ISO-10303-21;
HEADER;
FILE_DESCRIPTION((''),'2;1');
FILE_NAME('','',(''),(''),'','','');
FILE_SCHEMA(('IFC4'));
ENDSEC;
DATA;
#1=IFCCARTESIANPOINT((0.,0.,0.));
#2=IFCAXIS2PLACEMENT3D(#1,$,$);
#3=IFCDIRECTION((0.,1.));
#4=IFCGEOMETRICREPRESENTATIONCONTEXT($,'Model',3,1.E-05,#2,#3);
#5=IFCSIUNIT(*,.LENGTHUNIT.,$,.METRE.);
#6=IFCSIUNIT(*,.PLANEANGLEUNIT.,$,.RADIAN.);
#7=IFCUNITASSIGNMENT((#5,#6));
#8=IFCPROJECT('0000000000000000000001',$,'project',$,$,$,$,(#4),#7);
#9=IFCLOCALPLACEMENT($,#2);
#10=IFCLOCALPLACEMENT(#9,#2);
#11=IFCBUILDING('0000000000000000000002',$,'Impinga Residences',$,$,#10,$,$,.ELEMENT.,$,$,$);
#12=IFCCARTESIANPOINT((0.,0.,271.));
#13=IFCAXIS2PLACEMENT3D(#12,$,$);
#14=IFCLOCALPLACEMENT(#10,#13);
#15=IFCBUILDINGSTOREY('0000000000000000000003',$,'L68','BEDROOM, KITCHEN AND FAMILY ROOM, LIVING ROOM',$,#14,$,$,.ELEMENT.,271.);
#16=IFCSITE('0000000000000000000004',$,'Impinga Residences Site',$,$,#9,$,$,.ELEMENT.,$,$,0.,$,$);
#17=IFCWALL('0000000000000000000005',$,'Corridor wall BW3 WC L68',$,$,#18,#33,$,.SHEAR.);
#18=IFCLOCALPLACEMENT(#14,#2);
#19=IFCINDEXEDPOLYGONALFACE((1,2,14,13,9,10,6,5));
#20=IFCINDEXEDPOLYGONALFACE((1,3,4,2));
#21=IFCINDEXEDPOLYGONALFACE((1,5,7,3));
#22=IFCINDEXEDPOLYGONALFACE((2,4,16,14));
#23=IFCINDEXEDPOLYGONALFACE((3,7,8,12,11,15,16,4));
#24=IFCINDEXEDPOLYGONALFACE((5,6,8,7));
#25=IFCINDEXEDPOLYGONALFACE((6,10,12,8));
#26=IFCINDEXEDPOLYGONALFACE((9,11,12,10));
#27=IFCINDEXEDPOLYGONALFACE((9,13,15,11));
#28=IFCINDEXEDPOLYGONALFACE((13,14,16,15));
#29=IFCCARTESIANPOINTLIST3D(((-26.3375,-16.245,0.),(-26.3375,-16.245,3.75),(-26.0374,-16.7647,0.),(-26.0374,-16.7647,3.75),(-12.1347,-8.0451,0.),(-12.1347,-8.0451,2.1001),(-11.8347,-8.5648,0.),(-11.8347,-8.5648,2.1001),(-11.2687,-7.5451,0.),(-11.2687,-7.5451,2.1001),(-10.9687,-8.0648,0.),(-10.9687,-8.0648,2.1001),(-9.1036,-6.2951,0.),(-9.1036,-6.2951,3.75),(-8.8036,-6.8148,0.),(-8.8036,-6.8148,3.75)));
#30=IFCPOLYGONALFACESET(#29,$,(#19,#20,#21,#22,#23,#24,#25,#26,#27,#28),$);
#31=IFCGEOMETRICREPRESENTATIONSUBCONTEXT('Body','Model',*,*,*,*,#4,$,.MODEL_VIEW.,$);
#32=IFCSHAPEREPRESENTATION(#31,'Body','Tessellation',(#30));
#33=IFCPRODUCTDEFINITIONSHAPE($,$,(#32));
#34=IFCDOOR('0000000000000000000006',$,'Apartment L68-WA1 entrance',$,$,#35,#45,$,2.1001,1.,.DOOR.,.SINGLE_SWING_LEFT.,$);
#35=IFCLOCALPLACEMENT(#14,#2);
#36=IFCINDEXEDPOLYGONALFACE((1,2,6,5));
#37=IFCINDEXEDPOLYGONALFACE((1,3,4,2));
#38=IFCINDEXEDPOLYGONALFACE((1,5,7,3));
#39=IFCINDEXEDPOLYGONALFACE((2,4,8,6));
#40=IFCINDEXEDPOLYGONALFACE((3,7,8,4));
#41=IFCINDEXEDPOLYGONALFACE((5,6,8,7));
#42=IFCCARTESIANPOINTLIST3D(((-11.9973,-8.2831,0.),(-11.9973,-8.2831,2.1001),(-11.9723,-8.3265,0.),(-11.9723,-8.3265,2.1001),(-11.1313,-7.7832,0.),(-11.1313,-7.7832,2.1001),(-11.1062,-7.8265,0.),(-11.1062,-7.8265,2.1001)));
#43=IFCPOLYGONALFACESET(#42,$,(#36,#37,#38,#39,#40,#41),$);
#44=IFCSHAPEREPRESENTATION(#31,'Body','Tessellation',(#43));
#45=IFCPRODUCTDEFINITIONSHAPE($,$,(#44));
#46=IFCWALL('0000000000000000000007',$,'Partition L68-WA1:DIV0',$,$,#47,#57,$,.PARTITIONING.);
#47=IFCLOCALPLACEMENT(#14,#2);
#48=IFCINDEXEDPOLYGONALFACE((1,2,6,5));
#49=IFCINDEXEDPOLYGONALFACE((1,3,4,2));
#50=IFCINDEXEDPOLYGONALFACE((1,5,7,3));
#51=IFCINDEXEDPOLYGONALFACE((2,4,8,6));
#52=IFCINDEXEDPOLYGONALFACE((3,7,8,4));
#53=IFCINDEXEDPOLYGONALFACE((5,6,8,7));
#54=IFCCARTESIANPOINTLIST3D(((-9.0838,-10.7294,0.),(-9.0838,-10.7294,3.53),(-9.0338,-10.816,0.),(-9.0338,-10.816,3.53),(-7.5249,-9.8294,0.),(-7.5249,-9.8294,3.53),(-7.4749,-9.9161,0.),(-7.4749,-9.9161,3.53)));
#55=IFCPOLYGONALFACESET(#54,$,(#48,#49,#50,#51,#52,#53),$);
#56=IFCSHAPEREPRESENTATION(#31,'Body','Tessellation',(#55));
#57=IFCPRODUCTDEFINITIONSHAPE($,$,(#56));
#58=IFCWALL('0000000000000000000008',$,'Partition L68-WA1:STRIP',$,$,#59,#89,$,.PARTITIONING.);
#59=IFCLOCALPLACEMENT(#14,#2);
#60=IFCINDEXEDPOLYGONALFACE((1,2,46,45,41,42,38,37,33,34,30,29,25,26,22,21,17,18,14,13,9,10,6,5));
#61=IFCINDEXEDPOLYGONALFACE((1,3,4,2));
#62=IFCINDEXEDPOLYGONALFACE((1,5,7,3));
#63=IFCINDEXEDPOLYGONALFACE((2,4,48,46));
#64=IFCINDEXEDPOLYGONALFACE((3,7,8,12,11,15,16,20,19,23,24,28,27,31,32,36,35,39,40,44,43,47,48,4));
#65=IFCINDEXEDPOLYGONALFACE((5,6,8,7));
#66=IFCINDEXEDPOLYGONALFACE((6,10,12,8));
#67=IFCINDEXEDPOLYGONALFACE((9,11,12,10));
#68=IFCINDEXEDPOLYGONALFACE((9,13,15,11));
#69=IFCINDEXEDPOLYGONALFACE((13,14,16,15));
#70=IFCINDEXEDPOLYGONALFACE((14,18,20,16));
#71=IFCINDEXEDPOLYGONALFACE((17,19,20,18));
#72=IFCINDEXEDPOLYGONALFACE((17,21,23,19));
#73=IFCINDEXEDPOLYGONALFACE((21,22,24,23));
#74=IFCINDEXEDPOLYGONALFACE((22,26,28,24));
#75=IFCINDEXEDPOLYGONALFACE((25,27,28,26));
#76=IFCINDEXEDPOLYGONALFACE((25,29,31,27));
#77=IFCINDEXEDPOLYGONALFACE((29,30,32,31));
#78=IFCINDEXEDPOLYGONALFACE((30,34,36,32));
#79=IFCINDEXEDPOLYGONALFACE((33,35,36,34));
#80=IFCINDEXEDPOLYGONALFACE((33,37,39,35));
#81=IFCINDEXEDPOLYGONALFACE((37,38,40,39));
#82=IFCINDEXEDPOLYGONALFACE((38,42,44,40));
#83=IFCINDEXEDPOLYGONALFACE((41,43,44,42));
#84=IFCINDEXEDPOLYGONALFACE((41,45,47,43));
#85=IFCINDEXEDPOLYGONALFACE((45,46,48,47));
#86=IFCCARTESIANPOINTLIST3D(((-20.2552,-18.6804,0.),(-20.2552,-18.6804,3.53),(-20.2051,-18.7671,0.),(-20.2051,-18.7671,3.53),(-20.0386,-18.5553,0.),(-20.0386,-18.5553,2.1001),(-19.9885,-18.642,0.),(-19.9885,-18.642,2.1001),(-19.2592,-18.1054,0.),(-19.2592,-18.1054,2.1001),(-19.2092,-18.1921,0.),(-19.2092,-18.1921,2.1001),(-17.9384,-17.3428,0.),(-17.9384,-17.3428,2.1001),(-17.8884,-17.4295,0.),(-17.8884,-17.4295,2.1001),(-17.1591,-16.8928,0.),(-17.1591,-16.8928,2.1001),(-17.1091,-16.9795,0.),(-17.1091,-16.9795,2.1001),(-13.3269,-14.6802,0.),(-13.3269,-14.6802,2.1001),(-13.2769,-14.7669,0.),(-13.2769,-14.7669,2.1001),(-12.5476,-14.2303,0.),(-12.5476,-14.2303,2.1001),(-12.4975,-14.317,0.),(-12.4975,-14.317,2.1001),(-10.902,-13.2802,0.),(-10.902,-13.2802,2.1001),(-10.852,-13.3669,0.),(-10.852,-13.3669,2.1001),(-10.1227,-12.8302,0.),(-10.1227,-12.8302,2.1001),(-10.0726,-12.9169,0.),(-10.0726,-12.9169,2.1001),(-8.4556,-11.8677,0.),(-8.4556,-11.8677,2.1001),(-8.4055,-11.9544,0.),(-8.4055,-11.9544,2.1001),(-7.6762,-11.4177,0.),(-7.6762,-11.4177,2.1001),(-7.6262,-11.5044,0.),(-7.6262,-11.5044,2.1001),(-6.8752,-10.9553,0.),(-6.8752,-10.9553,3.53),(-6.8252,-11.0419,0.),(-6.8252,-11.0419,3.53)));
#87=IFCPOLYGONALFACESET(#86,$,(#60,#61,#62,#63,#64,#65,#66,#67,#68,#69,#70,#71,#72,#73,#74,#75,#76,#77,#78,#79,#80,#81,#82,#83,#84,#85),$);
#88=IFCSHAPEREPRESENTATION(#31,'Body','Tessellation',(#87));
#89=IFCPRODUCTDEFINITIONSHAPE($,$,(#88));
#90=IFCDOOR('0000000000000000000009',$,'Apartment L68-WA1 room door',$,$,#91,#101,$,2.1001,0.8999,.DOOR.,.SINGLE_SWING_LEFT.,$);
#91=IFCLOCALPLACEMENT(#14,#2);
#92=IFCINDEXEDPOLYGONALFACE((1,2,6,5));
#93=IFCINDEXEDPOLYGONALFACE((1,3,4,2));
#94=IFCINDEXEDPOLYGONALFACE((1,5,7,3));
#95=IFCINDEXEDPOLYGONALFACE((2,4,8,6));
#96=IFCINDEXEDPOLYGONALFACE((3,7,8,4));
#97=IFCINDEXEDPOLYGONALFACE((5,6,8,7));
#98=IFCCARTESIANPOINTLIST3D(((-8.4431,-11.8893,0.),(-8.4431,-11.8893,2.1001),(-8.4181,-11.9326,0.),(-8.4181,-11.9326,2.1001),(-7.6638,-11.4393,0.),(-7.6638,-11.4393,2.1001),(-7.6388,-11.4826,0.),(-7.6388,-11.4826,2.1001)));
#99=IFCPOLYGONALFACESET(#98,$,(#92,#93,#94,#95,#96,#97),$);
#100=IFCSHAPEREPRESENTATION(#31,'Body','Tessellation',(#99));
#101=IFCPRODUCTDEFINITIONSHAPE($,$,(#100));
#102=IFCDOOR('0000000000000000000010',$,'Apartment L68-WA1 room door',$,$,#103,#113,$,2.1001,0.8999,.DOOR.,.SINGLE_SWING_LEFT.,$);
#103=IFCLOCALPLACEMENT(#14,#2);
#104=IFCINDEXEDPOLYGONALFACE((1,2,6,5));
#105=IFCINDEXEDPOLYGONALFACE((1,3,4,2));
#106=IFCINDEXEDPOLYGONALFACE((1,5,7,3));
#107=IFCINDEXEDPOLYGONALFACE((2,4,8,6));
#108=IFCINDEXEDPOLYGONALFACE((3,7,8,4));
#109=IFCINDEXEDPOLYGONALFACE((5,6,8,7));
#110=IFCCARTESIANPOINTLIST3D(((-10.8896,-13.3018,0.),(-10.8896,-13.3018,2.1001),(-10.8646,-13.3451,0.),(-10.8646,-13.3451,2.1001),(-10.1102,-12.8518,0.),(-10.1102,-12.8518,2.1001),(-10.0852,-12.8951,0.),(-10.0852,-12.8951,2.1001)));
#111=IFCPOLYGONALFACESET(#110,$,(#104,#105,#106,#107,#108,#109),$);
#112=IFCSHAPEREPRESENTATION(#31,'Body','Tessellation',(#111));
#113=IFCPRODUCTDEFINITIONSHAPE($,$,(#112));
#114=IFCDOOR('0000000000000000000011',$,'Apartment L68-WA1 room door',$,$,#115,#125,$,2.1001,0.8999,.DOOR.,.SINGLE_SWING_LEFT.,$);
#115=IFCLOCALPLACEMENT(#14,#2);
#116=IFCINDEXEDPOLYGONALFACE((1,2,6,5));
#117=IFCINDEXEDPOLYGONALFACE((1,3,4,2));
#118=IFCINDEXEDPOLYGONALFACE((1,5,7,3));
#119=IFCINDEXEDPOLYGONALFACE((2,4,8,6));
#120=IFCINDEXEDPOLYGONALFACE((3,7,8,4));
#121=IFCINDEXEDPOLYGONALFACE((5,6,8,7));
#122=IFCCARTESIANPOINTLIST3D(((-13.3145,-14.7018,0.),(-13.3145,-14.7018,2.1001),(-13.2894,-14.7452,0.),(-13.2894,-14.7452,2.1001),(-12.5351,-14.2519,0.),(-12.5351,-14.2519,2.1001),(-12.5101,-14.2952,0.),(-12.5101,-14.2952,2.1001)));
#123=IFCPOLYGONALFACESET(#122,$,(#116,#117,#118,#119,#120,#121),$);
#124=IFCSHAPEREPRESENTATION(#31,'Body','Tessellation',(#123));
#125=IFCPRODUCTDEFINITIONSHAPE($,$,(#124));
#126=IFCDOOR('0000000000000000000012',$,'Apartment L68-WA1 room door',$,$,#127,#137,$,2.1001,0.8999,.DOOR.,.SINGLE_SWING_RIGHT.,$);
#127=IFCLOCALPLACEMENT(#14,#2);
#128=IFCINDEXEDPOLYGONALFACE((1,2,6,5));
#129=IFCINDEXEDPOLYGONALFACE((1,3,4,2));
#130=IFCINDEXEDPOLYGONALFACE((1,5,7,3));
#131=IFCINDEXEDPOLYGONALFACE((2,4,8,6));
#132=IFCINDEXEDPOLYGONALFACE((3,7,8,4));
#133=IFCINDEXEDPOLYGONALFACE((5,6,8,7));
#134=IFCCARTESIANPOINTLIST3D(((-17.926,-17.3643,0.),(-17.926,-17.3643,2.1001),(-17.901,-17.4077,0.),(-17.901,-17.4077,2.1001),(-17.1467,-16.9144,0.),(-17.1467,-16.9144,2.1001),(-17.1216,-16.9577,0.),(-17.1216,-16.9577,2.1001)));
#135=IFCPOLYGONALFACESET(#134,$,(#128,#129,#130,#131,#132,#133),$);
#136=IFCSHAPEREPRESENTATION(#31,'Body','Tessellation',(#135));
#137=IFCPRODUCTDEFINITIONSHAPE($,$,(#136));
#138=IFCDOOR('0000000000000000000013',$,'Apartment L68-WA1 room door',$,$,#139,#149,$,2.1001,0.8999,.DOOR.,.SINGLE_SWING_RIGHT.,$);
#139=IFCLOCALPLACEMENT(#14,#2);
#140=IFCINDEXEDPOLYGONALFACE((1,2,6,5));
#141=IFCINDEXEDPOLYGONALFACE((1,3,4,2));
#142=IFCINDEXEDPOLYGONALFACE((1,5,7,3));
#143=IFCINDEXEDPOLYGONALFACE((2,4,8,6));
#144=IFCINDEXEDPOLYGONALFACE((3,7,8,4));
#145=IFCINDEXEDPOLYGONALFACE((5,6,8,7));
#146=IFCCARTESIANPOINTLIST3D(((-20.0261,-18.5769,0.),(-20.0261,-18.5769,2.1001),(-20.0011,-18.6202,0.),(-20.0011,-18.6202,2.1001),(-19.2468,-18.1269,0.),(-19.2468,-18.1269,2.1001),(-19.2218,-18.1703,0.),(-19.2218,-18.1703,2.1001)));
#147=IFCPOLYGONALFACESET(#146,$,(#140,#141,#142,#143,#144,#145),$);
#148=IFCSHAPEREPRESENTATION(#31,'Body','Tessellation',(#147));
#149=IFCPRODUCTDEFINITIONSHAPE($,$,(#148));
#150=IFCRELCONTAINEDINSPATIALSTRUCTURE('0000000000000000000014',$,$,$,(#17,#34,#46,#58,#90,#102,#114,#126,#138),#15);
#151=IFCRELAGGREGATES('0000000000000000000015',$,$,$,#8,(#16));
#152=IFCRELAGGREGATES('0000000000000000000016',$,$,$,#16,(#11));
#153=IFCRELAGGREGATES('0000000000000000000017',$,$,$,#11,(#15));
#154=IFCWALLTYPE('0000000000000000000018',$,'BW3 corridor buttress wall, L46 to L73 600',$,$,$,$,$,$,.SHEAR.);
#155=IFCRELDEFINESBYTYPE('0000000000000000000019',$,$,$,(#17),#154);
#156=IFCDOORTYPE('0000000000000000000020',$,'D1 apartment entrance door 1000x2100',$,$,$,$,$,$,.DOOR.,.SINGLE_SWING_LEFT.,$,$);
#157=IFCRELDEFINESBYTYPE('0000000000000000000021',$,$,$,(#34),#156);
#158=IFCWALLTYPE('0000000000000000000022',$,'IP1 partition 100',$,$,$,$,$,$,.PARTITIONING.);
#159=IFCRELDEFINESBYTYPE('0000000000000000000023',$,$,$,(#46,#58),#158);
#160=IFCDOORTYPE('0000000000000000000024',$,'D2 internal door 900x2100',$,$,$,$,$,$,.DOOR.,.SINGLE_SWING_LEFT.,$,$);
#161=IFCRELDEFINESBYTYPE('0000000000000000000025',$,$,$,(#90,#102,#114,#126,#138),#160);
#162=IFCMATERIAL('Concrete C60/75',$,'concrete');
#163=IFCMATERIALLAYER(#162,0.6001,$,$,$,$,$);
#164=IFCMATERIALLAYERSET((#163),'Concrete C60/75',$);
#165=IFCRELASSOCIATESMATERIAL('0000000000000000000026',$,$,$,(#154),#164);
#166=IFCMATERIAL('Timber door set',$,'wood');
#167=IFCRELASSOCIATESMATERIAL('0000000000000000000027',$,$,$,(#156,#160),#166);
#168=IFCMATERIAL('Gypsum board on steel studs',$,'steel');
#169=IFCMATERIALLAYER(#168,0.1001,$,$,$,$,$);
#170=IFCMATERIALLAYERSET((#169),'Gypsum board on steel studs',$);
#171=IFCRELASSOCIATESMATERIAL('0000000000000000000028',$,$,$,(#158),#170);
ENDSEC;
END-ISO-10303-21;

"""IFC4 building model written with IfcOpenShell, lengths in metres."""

from ifc_helpers import new_model, si_unit, direction, frame, frame_2d, origin, place, context, subcontext, project, spatial, rectangle, extrude, material, layer, layer_set, type_object, element, fill, save


model = new_model("IFC4")

# Units and contexts
model_context = context("Model", 3, precision=1e-05, world=origin(), true_north=direction((0.0, 1.0)))
body_context = subcontext(model_context, "Body", "Model", "MODEL_VIEW")
ifc_project = project(units=[si_unit("LENGTHUNIT", "METRE"), si_unit("PLANEANGLEUNIT", "RADIAN")], contexts=[model_context])

# Site, building, storey
site_placement = place(None, origin())
site = spatial("IfcSite", under=ifc_project, at=site_placement, Name="Impinga Residences Site", CompositionType="ELEMENT", RefElevation=0.0)
building_placement = place(site_placement, origin())
building = spatial("IfcBuilding", under=site, at=building_placement, Name="Impinga Residences", CompositionType="ELEMENT")
storey_placement = place(building_placement, frame((0.0, 0.0, 271.0)))
storey = spatial("IfcBuildingStorey", under=building, at=storey_placement, Name="L68", Description="BEDROOM, KITCHEN AND FAMILY ROOM, LIVING ROOM", CompositionType="ELEMENT", Elevation=271.0)

# Wall, opening, door
ifc_material_1 = material(Name="Concrete C60/75", Category="concrete")
ifc_layer_1 = layer(ifc_material_1, 0.6001)
ifc_layer_set_1 = layer_set([ifc_layer_1], Name="Concrete C60/75")
wall_type_1 = type_object("IfcWallType", Name="BW3 corridor buttress wall, L46 to L73 600", PredefinedType="SHEAR", material=ifc_layer_set_1)
wall_1_placement = place(storey_placement, frame((-8.9536, -6.5549, 0.0), z_axis=(0.0, 0.0, 1.0), x_axis=(-0.866026, -0.499999, 0.0)))
wall_1 = element("IfcWall", 1, at=wall_1_placement, inside=storey, type_object=wall_type_1, Name="Corridor wall BW3 WC L68", PredefinedType="SHEAR", context=body_context, shape_type="SweptSolid", body=[
    extrude(rectangle(XDim=19.8999, YDim=0.6001, at=frame_2d((9.95, 0.0))), origin(), (0.0, 0.0, 1.0), 3.75),
])
opening_1_placement = place(wall_1_placement, frame((2.5, 0.0, 0.0)))
opening_1 = element("IfcOpeningElement", 2, at=opening_1_placement, cuts=wall_1, PredefinedType="OPENING", context=body_context, shape_type="SweptSolid", body=[
    extrude(rectangle(XDim=1.0, YDim=2.1001, at=frame_2d((0.5, 1.05))), frame((0.0, 0.3101, 0.0), z_axis=(0.0, -1.0, 0.0), x_axis=(1.0, 0.0, 0.0)), (0.0, 0.0, 1.0), 0.6201),
])
ifc_material_2 = material(Name="Timber door set", Category="wood")
door_type_1 = type_object("IfcDoorType", Name="D1 apartment entrance door 1000x2100", OperationType="SINGLE_SWING_LEFT", PredefinedType="DOOR", material=ifc_material_2)
door_1_placement = place(opening_1_placement, origin())
door_1 = element("IfcDoor", 3, at=door_1_placement, inside=storey, type_object=door_type_1, Name="Apartment L68-WA1 entrance", OperationType="SINGLE_SWING_LEFT", OverallHeight=2.1001, OverallWidth=1.0, PredefinedType="DOOR", context=body_context, shape_type="SweptSolid", body=[
    extrude(rectangle(XDim=1.0, YDim=2.1001, at=frame_2d((0.5, 1.05))), frame((0.0, 0.0249, 0.0), z_axis=(0.0, -1.0, 0.0), x_axis=(1.0, 0.0, 0.0)), (0.0, 0.0, 1.0), 0.05),
])
fill(opening_1, door_1)

# Wall
ifc_material_3 = material(Name="Gypsum board on steel studs", Category="steel")
ifc_layer_2 = layer(ifc_material_3, 0.1001)
ifc_layer_set_2 = layer_set([ifc_layer_2], Name="Gypsum board on steel studs")
wall_type_2 = type_object("IfcWallType", Name="IP1 partition 100", PredefinedType="PARTITIONING", material=ifc_layer_set_2)
wall_2_placement = place(storey_placement, frame((-7.5, -9.8728, 0.0), z_axis=(0.0, 0.0, 1.0), x_axis=(-0.866048, -0.499961, 0.0)))
element("IfcWall", 4, at=wall_2_placement, inside=storey, type_object=wall_type_2, Name="Partition L68-WA1:DIV0", PredefinedType="PARTITIONING", context=body_context, shape_type="SweptSolid", body=[
    extrude(rectangle(XDim=1.8, YDim=0.1001, at=frame_2d((0.8999, 0.0))), origin(), (0.0, 0.0, 1.0), 3.53),
])

# Wall, openings, doors
wall_3_placement = place(storey_placement, frame((-6.8501, -10.9985, 0.0), z_axis=(0.0, 0.0, 1.0), x_axis=(-0.866019, -0.500011, 0.0)))
wall_3 = element("IfcWall", 5, at=wall_3_placement, inside=storey, type_object=wall_type_2, Name="Partition L68-WA1:STRIP", PredefinedType="PARTITIONING", context=body_context, shape_type="SweptSolid", body=[
    extrude(rectangle(XDim=15.45, YDim=0.1001, at=frame_2d((7.7251, 0.0))), origin(), (0.0, 0.0, 1.0), 3.53),
])
opening_2_placement = place(wall_3_placement, frame((0.925, 0.0, 0.0)))
opening_2 = element("IfcOpeningElement", 6, at=opening_2_placement, cuts=wall_3, PredefinedType="OPENING", context=body_context, shape_type="SweptSolid", body=[
    extrude(rectangle(XDim=0.8999, YDim=2.1001, at=frame_2d((0.45, 1.05))), frame((0.0, 0.0601, 0.0), z_axis=(0.0, -1.0, 0.0), x_axis=(1.0, 0.0, 0.0)), (0.0, 0.0, 1.0), 0.1201),
])
opening_3_placement = place(wall_3_placement, frame((3.75, 0.0, 0.0)))
opening_3 = element("IfcOpeningElement", 7, at=opening_3_placement, cuts=wall_3, PredefinedType="OPENING", context=body_context, shape_type="SweptSolid", body=[
    extrude(rectangle(XDim=0.8999, YDim=2.1001, at=frame_2d((0.45, 1.05))), frame((0.0, 0.0601, 0.0), z_axis=(0.0, -1.0, 0.0), x_axis=(1.0, 0.0, 0.0)), (0.0, 0.0, 1.0), 0.1201),
])
opening_4_placement = place(wall_3_placement, frame((6.55, 0.0, 0.0)))
opening_4 = element("IfcOpeningElement", 8, at=opening_4_placement, cuts=wall_3, PredefinedType="OPENING", context=body_context, shape_type="SweptSolid", body=[
    extrude(rectangle(XDim=0.8999, YDim=2.1001, at=frame_2d((0.45, 1.05))), frame((0.0, 0.0601, 0.0), z_axis=(0.0, -1.0, 0.0), x_axis=(1.0, 0.0, 0.0)), (0.0, 0.0, 1.0), 0.1201),
])
opening_5_placement = place(wall_3_placement, frame((11.875, 0.0, 0.0)))
opening_5 = element("IfcOpeningElement", 9, at=opening_5_placement, cuts=wall_3, PredefinedType="OPENING", context=body_context, shape_type="SweptSolid", body=[
    extrude(rectangle(XDim=0.8999, YDim=2.1001, at=frame_2d((0.45, 1.05))), frame((0.0, 0.0601, 0.0), z_axis=(0.0, -1.0, 0.0), x_axis=(1.0, 0.0, 0.0)), (0.0, 0.0, 1.0), 0.1201),
])
opening_6_placement = place(wall_3_placement, frame((14.3, 0.0, 0.0)))
opening_6 = element("IfcOpeningElement", 10, at=opening_6_placement, cuts=wall_3, PredefinedType="OPENING", context=body_context, shape_type="SweptSolid", body=[
    extrude(rectangle(XDim=0.8999, YDim=2.1001, at=frame_2d((0.45, 1.05))), frame((0.0, 0.0601, 0.0), z_axis=(0.0, -1.0, 0.0), x_axis=(1.0, 0.0, 0.0)), (0.0, 0.0, 1.0), 0.1201),
])
door_type_2 = type_object("IfcDoorType", Name="D2 internal door 900x2100", OperationType="SINGLE_SWING_LEFT", PredefinedType="DOOR", material=ifc_material_2)
door_2_placement = place(opening_2_placement, origin())
door_2 = element("IfcDoor", 11, at=door_2_placement, inside=storey, type_object=door_type_2, Name="Apartment L68-WA1 room door", OperationType="SINGLE_SWING_LEFT", OverallHeight=2.1001, OverallWidth=0.8999, PredefinedType="DOOR", context=body_context, shape_type="SweptSolid", body=[
    extrude(rectangle(XDim=0.8999, YDim=2.1001, at=frame_2d((0.45, 1.05))), frame((0.0, 0.0249, 0.0), z_axis=(0.0, -1.0, 0.0), x_axis=(1.0, 0.0, 0.0)), (0.0, 0.0, 1.0), 0.05),
])
fill(opening_2, door_2)
door_3_placement = place(opening_3_placement, origin())
door_3 = element("IfcDoor", 12, at=door_3_placement, inside=storey, type_object=door_type_2, Name="Apartment L68-WA1 room door", OperationType="SINGLE_SWING_LEFT", OverallHeight=2.1001, OverallWidth=0.8999, PredefinedType="DOOR", context=body_context, shape_type="SweptSolid", body=[
    extrude(rectangle(XDim=0.8999, YDim=2.1001, at=frame_2d((0.45, 1.05))), frame((0.0, 0.0249, 0.0), z_axis=(0.0, -1.0, 0.0), x_axis=(1.0, 0.0, 0.0)), (0.0, 0.0, 1.0), 0.05),
])
fill(opening_3, door_3)
door_4_placement = place(opening_4_placement, origin())
door_4 = element("IfcDoor", 13, at=door_4_placement, inside=storey, type_object=door_type_2, Name="Apartment L68-WA1 room door", OperationType="SINGLE_SWING_LEFT", OverallHeight=2.1001, OverallWidth=0.8999, PredefinedType="DOOR", context=body_context, shape_type="SweptSolid", body=[
    extrude(rectangle(XDim=0.8999, YDim=2.1001, at=frame_2d((0.45, 1.05))), frame((0.0, 0.0249, 0.0), z_axis=(0.0, -1.0, 0.0), x_axis=(1.0, 0.0, 0.0)), (0.0, 0.0, 1.0), 0.05),
])
fill(opening_4, door_4)
door_5_placement = place(opening_5_placement, origin())
door_5 = element("IfcDoor", 14, at=door_5_placement, inside=storey, type_object=door_type_2, Name="Apartment L68-WA1 room door", OperationType="SINGLE_SWING_RIGHT", OverallHeight=2.1001, OverallWidth=0.8999, PredefinedType="DOOR", context=body_context, shape_type="SweptSolid", body=[
    extrude(rectangle(XDim=0.8999, YDim=2.1001, at=frame_2d((0.45, 1.05))), frame((0.0, 0.0249, 0.0), z_axis=(0.0, -1.0, 0.0), x_axis=(1.0, 0.0, 0.0)), (0.0, 0.0, 1.0), 0.05),
])
fill(opening_5, door_5)
door_6_placement = place(opening_6_placement, origin())
door_6 = element("IfcDoor", 15, at=door_6_placement, inside=storey, type_object=door_type_2, Name="Apartment L68-WA1 room door", OperationType="SINGLE_SWING_RIGHT", OverallHeight=2.1001, OverallWidth=0.8999, PredefinedType="DOOR", context=body_context, shape_type="SweptSolid", body=[
    extrude(rectangle(XDim=0.8999, YDim=2.1001, at=frame_2d((0.45, 1.05))), frame((0.0, 0.0249, 0.0), z_axis=(0.0, -1.0, 0.0), x_axis=(1.0, 0.0, 0.0)), (0.0, 0.0, 1.0), 0.05),
])
fill(opening_6, door_6)

save(model, "model.ifc")
